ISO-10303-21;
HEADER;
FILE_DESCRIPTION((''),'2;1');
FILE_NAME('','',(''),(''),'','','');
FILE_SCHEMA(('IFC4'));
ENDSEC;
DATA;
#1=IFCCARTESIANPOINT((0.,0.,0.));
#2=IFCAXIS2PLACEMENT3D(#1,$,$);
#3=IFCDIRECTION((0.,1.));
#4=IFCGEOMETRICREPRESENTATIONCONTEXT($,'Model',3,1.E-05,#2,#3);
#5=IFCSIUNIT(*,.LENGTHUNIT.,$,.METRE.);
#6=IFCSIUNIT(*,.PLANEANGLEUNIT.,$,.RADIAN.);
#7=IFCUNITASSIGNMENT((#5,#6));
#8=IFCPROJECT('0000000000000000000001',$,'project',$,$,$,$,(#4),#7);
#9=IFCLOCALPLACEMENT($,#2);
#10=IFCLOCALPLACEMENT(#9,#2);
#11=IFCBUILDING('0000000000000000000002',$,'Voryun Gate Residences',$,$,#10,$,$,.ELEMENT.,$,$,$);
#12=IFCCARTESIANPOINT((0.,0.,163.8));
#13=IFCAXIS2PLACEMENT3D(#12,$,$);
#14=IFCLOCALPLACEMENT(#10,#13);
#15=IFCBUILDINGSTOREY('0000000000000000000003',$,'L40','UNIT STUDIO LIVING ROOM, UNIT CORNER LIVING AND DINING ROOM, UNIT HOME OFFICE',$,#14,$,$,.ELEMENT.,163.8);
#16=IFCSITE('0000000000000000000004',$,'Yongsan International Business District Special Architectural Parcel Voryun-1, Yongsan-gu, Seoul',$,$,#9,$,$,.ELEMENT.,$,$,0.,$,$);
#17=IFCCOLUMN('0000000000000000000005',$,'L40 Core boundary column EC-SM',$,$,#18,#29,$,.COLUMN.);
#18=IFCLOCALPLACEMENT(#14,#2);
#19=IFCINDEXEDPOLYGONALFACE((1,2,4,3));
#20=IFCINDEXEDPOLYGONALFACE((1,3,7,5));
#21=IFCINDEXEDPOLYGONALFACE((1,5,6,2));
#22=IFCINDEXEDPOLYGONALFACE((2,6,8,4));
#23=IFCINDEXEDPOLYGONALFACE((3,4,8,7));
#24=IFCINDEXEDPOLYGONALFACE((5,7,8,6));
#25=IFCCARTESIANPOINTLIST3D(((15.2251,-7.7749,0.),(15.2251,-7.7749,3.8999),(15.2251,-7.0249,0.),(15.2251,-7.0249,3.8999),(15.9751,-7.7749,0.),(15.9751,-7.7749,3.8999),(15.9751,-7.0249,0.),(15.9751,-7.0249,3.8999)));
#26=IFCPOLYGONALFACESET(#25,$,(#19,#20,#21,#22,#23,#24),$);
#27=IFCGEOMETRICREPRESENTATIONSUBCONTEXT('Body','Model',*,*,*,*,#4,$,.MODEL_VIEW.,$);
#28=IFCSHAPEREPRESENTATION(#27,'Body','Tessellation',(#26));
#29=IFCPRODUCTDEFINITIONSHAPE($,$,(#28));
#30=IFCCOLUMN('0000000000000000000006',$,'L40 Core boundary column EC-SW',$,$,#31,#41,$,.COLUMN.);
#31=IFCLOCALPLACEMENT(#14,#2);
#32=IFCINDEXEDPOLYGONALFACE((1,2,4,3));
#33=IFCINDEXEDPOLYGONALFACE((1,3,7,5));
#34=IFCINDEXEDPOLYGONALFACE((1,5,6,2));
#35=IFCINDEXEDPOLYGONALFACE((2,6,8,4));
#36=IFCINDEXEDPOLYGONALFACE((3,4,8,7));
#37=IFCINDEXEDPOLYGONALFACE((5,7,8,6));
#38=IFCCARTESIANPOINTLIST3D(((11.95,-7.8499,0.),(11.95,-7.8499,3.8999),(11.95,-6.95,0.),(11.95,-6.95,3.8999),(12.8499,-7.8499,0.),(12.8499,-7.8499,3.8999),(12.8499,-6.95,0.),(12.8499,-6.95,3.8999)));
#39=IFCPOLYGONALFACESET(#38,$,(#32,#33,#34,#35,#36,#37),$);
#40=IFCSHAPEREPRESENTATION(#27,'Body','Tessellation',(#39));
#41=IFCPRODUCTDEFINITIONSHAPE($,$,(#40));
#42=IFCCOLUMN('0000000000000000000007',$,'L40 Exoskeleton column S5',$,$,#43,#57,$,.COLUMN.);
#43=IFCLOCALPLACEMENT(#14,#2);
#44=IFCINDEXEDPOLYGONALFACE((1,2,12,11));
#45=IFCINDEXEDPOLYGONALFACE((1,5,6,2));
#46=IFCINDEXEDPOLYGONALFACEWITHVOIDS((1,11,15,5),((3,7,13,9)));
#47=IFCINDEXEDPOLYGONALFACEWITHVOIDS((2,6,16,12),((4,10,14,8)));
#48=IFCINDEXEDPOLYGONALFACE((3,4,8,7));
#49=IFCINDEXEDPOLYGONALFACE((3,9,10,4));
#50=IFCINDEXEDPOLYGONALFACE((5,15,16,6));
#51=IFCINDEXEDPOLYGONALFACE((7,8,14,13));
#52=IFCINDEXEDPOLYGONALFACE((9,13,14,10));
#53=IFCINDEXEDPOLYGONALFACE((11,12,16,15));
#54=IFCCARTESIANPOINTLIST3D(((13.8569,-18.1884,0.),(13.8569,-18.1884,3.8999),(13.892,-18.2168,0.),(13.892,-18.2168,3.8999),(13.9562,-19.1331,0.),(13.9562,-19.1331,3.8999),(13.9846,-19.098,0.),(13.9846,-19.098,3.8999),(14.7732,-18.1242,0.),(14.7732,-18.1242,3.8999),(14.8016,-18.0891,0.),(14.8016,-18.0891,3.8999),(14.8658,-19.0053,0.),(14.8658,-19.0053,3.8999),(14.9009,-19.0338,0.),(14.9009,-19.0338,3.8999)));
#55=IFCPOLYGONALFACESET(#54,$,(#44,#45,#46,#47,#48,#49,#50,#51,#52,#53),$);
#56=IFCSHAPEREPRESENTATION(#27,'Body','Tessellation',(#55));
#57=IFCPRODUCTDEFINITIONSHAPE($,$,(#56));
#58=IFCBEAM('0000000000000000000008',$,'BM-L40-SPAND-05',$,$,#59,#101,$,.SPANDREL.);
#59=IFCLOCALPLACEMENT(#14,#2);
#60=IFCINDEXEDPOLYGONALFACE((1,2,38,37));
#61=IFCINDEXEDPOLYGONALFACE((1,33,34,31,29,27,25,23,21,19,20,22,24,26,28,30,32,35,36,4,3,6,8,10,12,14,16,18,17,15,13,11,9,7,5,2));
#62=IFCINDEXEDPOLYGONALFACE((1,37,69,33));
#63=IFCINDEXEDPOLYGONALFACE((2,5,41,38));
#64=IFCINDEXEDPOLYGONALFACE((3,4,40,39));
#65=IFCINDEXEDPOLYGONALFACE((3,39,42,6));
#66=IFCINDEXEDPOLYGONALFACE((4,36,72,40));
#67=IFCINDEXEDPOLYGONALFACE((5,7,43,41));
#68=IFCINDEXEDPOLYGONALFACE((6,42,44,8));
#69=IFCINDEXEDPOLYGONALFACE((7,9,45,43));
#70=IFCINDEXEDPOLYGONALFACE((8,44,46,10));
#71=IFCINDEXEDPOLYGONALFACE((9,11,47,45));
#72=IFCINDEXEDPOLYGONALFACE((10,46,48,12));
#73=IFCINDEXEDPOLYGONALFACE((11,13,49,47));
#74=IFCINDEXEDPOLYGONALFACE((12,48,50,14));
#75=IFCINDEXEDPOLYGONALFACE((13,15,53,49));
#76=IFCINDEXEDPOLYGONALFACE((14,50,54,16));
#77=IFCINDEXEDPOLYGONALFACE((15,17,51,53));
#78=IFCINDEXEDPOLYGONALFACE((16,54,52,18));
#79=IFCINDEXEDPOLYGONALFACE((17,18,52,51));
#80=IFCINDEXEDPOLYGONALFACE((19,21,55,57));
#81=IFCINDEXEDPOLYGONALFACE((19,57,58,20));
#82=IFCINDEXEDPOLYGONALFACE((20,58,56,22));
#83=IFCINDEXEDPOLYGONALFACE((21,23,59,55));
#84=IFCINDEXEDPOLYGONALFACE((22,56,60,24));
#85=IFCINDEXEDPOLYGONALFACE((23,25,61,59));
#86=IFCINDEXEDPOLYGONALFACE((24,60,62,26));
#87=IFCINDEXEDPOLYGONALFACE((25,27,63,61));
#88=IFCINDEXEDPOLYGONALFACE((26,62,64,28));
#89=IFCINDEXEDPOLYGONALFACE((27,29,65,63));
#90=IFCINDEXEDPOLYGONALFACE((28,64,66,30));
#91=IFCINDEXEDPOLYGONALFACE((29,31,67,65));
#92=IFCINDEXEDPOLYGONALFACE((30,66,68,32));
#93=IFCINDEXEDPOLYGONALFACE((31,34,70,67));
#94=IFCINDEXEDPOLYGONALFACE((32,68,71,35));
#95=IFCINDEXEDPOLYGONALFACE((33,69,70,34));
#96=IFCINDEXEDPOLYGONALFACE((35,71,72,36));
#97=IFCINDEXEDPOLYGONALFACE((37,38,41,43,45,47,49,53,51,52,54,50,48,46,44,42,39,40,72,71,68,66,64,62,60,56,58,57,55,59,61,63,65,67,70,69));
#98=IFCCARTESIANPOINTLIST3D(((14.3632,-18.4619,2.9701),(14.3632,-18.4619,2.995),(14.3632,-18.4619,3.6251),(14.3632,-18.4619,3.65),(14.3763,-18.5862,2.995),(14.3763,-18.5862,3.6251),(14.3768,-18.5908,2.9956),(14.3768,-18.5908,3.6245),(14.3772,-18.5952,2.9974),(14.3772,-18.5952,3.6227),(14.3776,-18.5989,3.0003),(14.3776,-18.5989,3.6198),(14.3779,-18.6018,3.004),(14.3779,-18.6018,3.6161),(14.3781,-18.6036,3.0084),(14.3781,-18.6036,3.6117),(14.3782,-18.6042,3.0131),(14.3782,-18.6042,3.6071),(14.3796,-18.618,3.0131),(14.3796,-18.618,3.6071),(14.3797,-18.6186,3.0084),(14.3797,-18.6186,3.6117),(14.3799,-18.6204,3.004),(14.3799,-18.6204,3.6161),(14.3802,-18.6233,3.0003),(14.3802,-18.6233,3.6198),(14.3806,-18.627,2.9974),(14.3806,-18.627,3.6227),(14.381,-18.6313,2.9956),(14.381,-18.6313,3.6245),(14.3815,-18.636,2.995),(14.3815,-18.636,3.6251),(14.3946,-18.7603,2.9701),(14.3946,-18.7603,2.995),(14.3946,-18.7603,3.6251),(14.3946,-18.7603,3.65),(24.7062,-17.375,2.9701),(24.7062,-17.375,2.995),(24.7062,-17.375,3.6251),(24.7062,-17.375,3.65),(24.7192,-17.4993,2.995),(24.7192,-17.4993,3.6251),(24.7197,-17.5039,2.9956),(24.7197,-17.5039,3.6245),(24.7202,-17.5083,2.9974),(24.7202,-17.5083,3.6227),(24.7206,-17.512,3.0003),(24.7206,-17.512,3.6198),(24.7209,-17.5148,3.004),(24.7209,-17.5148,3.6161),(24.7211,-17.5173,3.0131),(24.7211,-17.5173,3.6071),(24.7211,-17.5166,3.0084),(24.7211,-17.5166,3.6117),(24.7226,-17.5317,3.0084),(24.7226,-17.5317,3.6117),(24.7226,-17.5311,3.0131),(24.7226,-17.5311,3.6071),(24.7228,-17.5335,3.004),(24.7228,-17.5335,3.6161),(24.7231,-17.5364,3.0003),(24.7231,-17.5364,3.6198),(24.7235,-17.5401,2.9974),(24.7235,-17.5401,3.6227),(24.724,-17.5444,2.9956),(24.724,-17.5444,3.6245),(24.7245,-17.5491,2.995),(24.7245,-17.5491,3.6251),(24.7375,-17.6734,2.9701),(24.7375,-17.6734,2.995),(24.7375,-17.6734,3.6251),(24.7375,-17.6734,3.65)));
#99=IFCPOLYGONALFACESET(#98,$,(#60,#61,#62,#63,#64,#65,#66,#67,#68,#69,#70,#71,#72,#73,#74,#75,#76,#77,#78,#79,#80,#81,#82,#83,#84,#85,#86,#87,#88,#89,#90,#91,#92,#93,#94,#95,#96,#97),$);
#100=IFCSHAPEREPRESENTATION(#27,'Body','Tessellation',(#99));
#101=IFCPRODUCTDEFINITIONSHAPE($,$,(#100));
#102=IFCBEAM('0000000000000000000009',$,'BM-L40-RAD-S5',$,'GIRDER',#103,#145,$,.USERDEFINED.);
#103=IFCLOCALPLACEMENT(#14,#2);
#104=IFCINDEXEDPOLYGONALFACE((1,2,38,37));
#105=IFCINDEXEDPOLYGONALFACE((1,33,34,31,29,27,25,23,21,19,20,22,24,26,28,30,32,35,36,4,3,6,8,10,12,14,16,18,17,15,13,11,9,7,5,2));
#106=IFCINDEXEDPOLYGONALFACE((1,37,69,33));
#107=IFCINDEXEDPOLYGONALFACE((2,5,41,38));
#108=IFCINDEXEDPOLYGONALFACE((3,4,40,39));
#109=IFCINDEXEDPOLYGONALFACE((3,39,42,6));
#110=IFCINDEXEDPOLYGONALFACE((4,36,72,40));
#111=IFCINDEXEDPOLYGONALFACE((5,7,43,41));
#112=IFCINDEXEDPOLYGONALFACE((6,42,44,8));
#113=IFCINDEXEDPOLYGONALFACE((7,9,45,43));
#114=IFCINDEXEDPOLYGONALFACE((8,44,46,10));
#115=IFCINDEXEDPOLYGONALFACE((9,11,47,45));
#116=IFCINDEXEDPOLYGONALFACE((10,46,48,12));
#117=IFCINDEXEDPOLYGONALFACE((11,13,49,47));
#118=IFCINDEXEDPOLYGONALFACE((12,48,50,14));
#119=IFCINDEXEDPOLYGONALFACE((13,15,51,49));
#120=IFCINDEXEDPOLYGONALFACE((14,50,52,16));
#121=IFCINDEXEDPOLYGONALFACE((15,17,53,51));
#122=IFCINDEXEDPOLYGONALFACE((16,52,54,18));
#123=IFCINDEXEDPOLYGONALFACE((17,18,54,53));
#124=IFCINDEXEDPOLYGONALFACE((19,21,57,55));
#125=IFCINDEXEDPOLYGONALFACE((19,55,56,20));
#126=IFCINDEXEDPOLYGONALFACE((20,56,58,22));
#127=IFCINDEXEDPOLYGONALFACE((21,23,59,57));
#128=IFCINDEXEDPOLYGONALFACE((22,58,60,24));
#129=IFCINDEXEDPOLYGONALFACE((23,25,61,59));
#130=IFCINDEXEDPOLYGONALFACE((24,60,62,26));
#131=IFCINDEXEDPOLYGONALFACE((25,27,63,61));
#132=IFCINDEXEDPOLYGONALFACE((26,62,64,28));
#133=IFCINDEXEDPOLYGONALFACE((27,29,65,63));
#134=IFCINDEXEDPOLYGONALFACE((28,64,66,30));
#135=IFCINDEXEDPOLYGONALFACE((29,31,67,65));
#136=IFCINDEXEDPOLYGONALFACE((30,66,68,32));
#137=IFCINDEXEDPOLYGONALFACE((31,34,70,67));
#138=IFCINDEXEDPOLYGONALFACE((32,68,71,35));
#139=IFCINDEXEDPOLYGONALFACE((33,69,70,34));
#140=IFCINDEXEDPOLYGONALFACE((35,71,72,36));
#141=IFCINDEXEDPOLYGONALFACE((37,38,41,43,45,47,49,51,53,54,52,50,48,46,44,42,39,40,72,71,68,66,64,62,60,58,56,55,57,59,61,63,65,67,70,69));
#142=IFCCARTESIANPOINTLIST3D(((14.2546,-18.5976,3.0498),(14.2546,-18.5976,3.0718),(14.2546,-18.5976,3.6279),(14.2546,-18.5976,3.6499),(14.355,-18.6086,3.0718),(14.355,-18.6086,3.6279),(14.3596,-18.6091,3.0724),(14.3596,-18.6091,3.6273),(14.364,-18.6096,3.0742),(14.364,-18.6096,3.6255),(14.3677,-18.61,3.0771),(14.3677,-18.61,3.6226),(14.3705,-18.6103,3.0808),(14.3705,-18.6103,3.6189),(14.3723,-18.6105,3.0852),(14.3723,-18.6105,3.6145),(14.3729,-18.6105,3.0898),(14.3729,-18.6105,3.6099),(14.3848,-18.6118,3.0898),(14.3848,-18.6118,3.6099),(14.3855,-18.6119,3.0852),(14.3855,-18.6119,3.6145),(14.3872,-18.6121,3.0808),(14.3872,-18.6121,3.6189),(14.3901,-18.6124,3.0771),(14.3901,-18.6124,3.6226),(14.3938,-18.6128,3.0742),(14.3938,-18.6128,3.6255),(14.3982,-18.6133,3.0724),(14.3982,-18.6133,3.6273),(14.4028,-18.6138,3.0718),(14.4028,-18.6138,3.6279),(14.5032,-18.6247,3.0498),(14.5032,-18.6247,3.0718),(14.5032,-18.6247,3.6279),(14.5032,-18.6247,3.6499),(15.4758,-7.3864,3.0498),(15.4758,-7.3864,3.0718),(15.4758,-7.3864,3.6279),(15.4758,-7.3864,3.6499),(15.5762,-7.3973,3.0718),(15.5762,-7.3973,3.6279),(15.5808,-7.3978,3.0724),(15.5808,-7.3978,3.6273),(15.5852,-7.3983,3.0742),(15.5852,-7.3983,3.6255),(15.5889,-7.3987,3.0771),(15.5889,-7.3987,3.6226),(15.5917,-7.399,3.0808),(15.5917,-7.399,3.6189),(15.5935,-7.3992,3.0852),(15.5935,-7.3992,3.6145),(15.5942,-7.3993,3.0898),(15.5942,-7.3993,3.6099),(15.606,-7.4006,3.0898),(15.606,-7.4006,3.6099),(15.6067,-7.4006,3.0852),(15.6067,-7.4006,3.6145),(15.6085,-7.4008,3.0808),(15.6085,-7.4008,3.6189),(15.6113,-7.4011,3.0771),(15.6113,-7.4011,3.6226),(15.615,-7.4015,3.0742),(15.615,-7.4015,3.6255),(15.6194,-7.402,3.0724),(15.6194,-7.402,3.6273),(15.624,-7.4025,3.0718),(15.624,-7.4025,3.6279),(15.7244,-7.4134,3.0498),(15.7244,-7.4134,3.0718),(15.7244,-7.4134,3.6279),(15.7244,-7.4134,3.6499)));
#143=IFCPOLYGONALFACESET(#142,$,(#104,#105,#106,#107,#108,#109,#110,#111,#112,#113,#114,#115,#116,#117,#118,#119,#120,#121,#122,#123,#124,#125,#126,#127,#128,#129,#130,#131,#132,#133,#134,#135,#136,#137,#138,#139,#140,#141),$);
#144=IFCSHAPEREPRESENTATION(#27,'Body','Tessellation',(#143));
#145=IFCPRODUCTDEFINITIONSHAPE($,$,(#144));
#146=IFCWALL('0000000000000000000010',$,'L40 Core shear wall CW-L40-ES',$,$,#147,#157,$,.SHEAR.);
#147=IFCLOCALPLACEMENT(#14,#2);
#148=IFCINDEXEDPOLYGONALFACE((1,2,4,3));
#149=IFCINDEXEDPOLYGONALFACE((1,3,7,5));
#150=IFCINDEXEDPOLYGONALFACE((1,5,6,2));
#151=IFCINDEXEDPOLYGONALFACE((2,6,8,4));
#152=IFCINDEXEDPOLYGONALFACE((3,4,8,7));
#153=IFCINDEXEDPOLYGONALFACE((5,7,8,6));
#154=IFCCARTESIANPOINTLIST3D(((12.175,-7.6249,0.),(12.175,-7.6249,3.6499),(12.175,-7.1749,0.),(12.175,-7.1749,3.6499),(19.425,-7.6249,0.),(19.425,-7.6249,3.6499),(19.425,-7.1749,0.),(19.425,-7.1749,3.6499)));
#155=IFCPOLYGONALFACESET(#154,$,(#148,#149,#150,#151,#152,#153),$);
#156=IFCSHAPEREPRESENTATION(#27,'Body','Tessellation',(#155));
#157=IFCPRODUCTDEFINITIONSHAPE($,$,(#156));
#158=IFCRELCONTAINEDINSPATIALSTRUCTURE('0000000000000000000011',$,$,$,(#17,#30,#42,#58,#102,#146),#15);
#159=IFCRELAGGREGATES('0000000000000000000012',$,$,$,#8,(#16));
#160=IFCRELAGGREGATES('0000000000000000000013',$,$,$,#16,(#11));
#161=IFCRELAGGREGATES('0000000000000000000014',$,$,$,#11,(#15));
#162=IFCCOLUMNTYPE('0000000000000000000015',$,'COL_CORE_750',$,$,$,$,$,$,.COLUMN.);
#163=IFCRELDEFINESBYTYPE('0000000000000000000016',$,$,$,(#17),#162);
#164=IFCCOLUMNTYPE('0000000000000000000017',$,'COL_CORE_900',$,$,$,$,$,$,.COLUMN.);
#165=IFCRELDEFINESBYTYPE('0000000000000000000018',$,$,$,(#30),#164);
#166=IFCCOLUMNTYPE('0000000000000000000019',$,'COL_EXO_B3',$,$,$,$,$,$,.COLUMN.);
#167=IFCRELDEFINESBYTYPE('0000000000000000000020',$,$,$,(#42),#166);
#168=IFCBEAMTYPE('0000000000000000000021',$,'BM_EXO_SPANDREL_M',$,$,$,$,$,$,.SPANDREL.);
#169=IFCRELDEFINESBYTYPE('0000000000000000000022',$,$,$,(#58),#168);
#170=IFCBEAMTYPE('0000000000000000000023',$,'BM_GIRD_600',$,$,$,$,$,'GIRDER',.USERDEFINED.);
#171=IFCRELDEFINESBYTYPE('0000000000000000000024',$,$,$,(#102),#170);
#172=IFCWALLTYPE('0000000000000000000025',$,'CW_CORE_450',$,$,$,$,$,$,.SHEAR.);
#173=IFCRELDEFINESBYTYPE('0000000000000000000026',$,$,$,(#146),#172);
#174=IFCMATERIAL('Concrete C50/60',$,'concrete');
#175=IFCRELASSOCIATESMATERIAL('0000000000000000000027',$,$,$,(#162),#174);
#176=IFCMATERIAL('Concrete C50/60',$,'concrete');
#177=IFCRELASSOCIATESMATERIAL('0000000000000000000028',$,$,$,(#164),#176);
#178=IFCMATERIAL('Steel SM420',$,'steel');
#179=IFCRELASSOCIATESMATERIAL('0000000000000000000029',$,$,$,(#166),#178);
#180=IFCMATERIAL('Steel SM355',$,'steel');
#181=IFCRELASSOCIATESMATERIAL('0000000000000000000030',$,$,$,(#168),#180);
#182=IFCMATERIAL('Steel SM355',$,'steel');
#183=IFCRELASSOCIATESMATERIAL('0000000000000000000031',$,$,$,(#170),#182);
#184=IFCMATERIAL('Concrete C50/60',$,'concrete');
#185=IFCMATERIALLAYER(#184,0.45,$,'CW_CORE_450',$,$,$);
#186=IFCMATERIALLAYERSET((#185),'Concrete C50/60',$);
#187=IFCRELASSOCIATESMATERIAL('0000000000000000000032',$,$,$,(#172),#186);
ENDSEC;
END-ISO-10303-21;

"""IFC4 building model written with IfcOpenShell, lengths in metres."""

from ifc_helpers import new_model, si_unit, direction, frame, frame_2d, origin, origin_2d, place, context, subcontext, project, spatial, rectangle, hollow_rectangle, i_section, extrude, material, layer, layer_set, material_profile, profile_set, type_object, element, save


model = new_model("IFC4")

# Units and contexts
model_context = context("Model", 3, precision=1e-05, world=origin(), true_north=direction((0.0, 1.0)))
body_context = subcontext(model_context, "Body", "Model", "MODEL_VIEW")
ifc_project = project(units=[si_unit("LENGTHUNIT", "METRE"), si_unit("PLANEANGLEUNIT", "RADIAN")], contexts=[model_context])

# Site, building, storey
site_placement = place(None, origin())
site = spatial("IfcSite", under=ifc_project, at=site_placement, Name="Yongsan International Business District Special Architectural Parcel Voryun-1, Yongsan-gu, Seoul", CompositionType="ELEMENT", RefElevation=0.0)
building_placement = place(site_placement, origin())
building = spatial("IfcBuilding", under=site, at=building_placement, Name="Voryun Gate Residences", CompositionType="ELEMENT")
storey_placement = place(building_placement, frame((0.0, 0.0, 163.8)))
storey = spatial("IfcBuildingStorey", under=building, at=storey_placement, Name="L40", Description="UNIT STUDIO LIVING ROOM, UNIT CORNER LIVING AND DINING ROOM, UNIT HOME OFFICE", CompositionType="ELEMENT", Elevation=163.8)

# Columns
ifc_material_1 = material(Name="Concrete C50/60", Category="concrete")
ifc_material_profile_1 = material_profile(ifc_material_1, rectangle(XDim=0.75, YDim=0.75, at=origin_2d()), Name="RC-750x750")
ifc_profile_set_1 = profile_set([ifc_material_profile_1], Name="Concrete C50/60")
column_type_1 = type_object("IfcColumnType", Name="COL_CORE_750", PredefinedType="COLUMN", material=ifc_profile_set_1)
column_1_placement = place(storey_placement, frame((15.6001, -7.3999, 0.0), z_axis=(0.0, 0.0, 1.0), x_axis=(1.0, 0.0, 0.0)))
element("IfcColumn", 1, at=column_1_placement, inside=storey, type_object=column_type_1, Name="L40 Core boundary column EC-SM", PredefinedType="COLUMN", context=body_context, shape_type="SweptSolid", body=[
    extrude(rectangle(XDim=0.75, YDim=0.75, at=origin_2d()), origin(), (0.0, 0.0, 1.0), 3.8999),
])
ifc_material_2 = material(Name="Concrete C50/60", Category="concrete")
ifc_material_profile_2 = material_profile(ifc_material_2, rectangle(XDim=0.8999, YDim=0.8999, at=origin_2d()), Name="RC-900x900")
ifc_profile_set_2 = profile_set([ifc_material_profile_2], Name="Concrete C50/60")
column_type_2 = type_object("IfcColumnType", Name="COL_CORE_900", PredefinedType="COLUMN", material=ifc_profile_set_2)
column_2_placement = place(storey_placement, frame((12.3999, -7.3999, 0.0), z_axis=(0.0, 0.0, 1.0), x_axis=(1.0, 0.0, 0.0)))
element("IfcColumn", 2, at=column_2_placement, inside=storey, type_object=column_type_2, Name="L40 Core boundary column EC-SW", PredefinedType="COLUMN", context=body_context, shape_type="SweptSolid", body=[
    extrude(rectangle(XDim=0.8999, YDim=0.8999, at=origin_2d()), origin(), (0.0, 0.0, 1.0), 3.8999),
])
ifc_material_3 = material(Name="Steel SM420", Category="steel")
ifc_material_profile_3 = material_profile(ifc_material_3, hollow_rectangle(XDim=0.95, YDim=0.95, WallThickness=0.032, at=origin_2d()), Name="BOX-950x950x32")
ifc_profile_set_3 = profile_set([ifc_material_profile_3], Name="Steel SM420")
column_type_3 = type_object("IfcColumnType", Name="COL_EXO_B3", PredefinedType="COLUMN", material=ifc_profile_set_3)
column_3_placement = place(storey_placement, frame((14.3789, -18.6111, 0.0), z_axis=(0.0, 0.0, 1.0), x_axis=(0.994522, 0.104528, 0.0)))
element("IfcColumn", 3, at=column_3_placement, inside=storey, type_object=column_type_3, Name="L40 Exoskeleton column S5", PredefinedType="COLUMN", context=body_context, shape_type="SweptSolid", body=[
    extrude(hollow_rectangle(XDim=0.95, YDim=0.95, WallThickness=0.032, at=origin_2d()), origin(), (0.0, 0.0, 1.0), 3.8999),
])

# Beams
ifc_material_4 = material(Name="Steel SM355", Category="steel")
ifc_material_profile_4 = material_profile(ifc_material_4, i_section(OverallWidth=0.3, OverallDepth=0.6799, WebThickness=0.0139, FlangeThickness=0.0249, FilletRadius=0.0181, at=origin_2d()), Name="H-680x300x14x25")
ifc_profile_set_4 = profile_set([ifc_material_profile_4], Name="Steel SM355")
beam_type_1 = type_object("IfcBeamType", Name="BM_EXO_SPANDREL_M", PredefinedType="SPANDREL", material=ifc_profile_set_4)
beam_1_placement = place(storey_placement, frame((14.3789, -18.6111, 3.3101), z_axis=(0.994524, 0.104511, 0.0), x_axis=(-0.104511, 0.994524, 0.0)))
element("IfcBeam", 4, at=beam_1_placement, inside=storey, type_object=beam_type_1, Name="BM-L40-SPAND-05", PredefinedType="SPANDREL", context=body_context, shape_type="SweptSolid", body=[
    extrude(i_section(OverallWidth=0.3, OverallDepth=0.6799, WebThickness=0.0139, FlangeThickness=0.0249, FilletRadius=0.0181, at=origin_2d()), origin(), (0.0, 0.0, 1.0), 10.3999),
])
ifc_material_5 = material(Name="Steel SM355", Category="steel")
ifc_material_profile_5 = material_profile(ifc_material_5, i_section(OverallWidth=0.25, OverallDepth=0.6001, WebThickness=0.012, FlangeThickness=0.022, FilletRadius=0.0181, at=origin_2d()), Name="H-600x250x12x22")
ifc_profile_set_5 = profile_set([ifc_material_profile_5], Name="Steel SM355")
beam_type_2 = type_object("IfcBeamType", Name="BM_GIRD_600", ElementType="GIRDER", PredefinedType="USERDEFINED", material=ifc_profile_set_5)
beam_2_placement = place(storey_placement, frame((15.6001, -7.3999, 3.3499), z_axis=(-0.108286, -0.99412, 0.0), x_axis=(0.99412, -0.108286, 0.0)))
element("IfcBeam", 5, at=beam_2_placement, inside=storey, type_object=beam_type_2, Name="BM-L40-RAD-S5", ObjectType="GIRDER", PredefinedType="USERDEFINED", context=body_context, shape_type="SweptSolid", body=[
    extrude(i_section(OverallWidth=0.25, OverallDepth=0.6001, WebThickness=0.012, FlangeThickness=0.022, FilletRadius=0.0181, at=origin_2d()), origin(), (0.0, 0.0, 1.0), 11.2776),
])

# Wall
ifc_material_6 = material(Name="Concrete C50/60", Category="concrete")
ifc_layer_1 = layer(ifc_material_6, 0.45, Name="CW_CORE_450")
ifc_layer_set_1 = layer_set([ifc_layer_1], Name="Concrete C50/60")
wall_type_1 = type_object("IfcWallType", Name="CW_CORE_450", PredefinedType="SHEAR", material=ifc_layer_set_1)
wall_1_placement = place(storey_placement, frame((12.175, -7.3999, 0.0), z_axis=(0.0, 0.0, 1.0), x_axis=(1.0, 0.0, 0.0)))
element("IfcWall", 6, at=wall_1_placement, inside=storey, type_object=wall_type_1, Name="L40 Core shear wall CW-L40-ES", PredefinedType="SHEAR", context=body_context, shape_type="SweptSolid", body=[
    extrude(rectangle(XDim=7.25, YDim=0.45, at=frame_2d((3.625, 0.0))), origin(), (0.0, 0.0, 1.0), 3.6499),
])

save(model, "model.ifc")
